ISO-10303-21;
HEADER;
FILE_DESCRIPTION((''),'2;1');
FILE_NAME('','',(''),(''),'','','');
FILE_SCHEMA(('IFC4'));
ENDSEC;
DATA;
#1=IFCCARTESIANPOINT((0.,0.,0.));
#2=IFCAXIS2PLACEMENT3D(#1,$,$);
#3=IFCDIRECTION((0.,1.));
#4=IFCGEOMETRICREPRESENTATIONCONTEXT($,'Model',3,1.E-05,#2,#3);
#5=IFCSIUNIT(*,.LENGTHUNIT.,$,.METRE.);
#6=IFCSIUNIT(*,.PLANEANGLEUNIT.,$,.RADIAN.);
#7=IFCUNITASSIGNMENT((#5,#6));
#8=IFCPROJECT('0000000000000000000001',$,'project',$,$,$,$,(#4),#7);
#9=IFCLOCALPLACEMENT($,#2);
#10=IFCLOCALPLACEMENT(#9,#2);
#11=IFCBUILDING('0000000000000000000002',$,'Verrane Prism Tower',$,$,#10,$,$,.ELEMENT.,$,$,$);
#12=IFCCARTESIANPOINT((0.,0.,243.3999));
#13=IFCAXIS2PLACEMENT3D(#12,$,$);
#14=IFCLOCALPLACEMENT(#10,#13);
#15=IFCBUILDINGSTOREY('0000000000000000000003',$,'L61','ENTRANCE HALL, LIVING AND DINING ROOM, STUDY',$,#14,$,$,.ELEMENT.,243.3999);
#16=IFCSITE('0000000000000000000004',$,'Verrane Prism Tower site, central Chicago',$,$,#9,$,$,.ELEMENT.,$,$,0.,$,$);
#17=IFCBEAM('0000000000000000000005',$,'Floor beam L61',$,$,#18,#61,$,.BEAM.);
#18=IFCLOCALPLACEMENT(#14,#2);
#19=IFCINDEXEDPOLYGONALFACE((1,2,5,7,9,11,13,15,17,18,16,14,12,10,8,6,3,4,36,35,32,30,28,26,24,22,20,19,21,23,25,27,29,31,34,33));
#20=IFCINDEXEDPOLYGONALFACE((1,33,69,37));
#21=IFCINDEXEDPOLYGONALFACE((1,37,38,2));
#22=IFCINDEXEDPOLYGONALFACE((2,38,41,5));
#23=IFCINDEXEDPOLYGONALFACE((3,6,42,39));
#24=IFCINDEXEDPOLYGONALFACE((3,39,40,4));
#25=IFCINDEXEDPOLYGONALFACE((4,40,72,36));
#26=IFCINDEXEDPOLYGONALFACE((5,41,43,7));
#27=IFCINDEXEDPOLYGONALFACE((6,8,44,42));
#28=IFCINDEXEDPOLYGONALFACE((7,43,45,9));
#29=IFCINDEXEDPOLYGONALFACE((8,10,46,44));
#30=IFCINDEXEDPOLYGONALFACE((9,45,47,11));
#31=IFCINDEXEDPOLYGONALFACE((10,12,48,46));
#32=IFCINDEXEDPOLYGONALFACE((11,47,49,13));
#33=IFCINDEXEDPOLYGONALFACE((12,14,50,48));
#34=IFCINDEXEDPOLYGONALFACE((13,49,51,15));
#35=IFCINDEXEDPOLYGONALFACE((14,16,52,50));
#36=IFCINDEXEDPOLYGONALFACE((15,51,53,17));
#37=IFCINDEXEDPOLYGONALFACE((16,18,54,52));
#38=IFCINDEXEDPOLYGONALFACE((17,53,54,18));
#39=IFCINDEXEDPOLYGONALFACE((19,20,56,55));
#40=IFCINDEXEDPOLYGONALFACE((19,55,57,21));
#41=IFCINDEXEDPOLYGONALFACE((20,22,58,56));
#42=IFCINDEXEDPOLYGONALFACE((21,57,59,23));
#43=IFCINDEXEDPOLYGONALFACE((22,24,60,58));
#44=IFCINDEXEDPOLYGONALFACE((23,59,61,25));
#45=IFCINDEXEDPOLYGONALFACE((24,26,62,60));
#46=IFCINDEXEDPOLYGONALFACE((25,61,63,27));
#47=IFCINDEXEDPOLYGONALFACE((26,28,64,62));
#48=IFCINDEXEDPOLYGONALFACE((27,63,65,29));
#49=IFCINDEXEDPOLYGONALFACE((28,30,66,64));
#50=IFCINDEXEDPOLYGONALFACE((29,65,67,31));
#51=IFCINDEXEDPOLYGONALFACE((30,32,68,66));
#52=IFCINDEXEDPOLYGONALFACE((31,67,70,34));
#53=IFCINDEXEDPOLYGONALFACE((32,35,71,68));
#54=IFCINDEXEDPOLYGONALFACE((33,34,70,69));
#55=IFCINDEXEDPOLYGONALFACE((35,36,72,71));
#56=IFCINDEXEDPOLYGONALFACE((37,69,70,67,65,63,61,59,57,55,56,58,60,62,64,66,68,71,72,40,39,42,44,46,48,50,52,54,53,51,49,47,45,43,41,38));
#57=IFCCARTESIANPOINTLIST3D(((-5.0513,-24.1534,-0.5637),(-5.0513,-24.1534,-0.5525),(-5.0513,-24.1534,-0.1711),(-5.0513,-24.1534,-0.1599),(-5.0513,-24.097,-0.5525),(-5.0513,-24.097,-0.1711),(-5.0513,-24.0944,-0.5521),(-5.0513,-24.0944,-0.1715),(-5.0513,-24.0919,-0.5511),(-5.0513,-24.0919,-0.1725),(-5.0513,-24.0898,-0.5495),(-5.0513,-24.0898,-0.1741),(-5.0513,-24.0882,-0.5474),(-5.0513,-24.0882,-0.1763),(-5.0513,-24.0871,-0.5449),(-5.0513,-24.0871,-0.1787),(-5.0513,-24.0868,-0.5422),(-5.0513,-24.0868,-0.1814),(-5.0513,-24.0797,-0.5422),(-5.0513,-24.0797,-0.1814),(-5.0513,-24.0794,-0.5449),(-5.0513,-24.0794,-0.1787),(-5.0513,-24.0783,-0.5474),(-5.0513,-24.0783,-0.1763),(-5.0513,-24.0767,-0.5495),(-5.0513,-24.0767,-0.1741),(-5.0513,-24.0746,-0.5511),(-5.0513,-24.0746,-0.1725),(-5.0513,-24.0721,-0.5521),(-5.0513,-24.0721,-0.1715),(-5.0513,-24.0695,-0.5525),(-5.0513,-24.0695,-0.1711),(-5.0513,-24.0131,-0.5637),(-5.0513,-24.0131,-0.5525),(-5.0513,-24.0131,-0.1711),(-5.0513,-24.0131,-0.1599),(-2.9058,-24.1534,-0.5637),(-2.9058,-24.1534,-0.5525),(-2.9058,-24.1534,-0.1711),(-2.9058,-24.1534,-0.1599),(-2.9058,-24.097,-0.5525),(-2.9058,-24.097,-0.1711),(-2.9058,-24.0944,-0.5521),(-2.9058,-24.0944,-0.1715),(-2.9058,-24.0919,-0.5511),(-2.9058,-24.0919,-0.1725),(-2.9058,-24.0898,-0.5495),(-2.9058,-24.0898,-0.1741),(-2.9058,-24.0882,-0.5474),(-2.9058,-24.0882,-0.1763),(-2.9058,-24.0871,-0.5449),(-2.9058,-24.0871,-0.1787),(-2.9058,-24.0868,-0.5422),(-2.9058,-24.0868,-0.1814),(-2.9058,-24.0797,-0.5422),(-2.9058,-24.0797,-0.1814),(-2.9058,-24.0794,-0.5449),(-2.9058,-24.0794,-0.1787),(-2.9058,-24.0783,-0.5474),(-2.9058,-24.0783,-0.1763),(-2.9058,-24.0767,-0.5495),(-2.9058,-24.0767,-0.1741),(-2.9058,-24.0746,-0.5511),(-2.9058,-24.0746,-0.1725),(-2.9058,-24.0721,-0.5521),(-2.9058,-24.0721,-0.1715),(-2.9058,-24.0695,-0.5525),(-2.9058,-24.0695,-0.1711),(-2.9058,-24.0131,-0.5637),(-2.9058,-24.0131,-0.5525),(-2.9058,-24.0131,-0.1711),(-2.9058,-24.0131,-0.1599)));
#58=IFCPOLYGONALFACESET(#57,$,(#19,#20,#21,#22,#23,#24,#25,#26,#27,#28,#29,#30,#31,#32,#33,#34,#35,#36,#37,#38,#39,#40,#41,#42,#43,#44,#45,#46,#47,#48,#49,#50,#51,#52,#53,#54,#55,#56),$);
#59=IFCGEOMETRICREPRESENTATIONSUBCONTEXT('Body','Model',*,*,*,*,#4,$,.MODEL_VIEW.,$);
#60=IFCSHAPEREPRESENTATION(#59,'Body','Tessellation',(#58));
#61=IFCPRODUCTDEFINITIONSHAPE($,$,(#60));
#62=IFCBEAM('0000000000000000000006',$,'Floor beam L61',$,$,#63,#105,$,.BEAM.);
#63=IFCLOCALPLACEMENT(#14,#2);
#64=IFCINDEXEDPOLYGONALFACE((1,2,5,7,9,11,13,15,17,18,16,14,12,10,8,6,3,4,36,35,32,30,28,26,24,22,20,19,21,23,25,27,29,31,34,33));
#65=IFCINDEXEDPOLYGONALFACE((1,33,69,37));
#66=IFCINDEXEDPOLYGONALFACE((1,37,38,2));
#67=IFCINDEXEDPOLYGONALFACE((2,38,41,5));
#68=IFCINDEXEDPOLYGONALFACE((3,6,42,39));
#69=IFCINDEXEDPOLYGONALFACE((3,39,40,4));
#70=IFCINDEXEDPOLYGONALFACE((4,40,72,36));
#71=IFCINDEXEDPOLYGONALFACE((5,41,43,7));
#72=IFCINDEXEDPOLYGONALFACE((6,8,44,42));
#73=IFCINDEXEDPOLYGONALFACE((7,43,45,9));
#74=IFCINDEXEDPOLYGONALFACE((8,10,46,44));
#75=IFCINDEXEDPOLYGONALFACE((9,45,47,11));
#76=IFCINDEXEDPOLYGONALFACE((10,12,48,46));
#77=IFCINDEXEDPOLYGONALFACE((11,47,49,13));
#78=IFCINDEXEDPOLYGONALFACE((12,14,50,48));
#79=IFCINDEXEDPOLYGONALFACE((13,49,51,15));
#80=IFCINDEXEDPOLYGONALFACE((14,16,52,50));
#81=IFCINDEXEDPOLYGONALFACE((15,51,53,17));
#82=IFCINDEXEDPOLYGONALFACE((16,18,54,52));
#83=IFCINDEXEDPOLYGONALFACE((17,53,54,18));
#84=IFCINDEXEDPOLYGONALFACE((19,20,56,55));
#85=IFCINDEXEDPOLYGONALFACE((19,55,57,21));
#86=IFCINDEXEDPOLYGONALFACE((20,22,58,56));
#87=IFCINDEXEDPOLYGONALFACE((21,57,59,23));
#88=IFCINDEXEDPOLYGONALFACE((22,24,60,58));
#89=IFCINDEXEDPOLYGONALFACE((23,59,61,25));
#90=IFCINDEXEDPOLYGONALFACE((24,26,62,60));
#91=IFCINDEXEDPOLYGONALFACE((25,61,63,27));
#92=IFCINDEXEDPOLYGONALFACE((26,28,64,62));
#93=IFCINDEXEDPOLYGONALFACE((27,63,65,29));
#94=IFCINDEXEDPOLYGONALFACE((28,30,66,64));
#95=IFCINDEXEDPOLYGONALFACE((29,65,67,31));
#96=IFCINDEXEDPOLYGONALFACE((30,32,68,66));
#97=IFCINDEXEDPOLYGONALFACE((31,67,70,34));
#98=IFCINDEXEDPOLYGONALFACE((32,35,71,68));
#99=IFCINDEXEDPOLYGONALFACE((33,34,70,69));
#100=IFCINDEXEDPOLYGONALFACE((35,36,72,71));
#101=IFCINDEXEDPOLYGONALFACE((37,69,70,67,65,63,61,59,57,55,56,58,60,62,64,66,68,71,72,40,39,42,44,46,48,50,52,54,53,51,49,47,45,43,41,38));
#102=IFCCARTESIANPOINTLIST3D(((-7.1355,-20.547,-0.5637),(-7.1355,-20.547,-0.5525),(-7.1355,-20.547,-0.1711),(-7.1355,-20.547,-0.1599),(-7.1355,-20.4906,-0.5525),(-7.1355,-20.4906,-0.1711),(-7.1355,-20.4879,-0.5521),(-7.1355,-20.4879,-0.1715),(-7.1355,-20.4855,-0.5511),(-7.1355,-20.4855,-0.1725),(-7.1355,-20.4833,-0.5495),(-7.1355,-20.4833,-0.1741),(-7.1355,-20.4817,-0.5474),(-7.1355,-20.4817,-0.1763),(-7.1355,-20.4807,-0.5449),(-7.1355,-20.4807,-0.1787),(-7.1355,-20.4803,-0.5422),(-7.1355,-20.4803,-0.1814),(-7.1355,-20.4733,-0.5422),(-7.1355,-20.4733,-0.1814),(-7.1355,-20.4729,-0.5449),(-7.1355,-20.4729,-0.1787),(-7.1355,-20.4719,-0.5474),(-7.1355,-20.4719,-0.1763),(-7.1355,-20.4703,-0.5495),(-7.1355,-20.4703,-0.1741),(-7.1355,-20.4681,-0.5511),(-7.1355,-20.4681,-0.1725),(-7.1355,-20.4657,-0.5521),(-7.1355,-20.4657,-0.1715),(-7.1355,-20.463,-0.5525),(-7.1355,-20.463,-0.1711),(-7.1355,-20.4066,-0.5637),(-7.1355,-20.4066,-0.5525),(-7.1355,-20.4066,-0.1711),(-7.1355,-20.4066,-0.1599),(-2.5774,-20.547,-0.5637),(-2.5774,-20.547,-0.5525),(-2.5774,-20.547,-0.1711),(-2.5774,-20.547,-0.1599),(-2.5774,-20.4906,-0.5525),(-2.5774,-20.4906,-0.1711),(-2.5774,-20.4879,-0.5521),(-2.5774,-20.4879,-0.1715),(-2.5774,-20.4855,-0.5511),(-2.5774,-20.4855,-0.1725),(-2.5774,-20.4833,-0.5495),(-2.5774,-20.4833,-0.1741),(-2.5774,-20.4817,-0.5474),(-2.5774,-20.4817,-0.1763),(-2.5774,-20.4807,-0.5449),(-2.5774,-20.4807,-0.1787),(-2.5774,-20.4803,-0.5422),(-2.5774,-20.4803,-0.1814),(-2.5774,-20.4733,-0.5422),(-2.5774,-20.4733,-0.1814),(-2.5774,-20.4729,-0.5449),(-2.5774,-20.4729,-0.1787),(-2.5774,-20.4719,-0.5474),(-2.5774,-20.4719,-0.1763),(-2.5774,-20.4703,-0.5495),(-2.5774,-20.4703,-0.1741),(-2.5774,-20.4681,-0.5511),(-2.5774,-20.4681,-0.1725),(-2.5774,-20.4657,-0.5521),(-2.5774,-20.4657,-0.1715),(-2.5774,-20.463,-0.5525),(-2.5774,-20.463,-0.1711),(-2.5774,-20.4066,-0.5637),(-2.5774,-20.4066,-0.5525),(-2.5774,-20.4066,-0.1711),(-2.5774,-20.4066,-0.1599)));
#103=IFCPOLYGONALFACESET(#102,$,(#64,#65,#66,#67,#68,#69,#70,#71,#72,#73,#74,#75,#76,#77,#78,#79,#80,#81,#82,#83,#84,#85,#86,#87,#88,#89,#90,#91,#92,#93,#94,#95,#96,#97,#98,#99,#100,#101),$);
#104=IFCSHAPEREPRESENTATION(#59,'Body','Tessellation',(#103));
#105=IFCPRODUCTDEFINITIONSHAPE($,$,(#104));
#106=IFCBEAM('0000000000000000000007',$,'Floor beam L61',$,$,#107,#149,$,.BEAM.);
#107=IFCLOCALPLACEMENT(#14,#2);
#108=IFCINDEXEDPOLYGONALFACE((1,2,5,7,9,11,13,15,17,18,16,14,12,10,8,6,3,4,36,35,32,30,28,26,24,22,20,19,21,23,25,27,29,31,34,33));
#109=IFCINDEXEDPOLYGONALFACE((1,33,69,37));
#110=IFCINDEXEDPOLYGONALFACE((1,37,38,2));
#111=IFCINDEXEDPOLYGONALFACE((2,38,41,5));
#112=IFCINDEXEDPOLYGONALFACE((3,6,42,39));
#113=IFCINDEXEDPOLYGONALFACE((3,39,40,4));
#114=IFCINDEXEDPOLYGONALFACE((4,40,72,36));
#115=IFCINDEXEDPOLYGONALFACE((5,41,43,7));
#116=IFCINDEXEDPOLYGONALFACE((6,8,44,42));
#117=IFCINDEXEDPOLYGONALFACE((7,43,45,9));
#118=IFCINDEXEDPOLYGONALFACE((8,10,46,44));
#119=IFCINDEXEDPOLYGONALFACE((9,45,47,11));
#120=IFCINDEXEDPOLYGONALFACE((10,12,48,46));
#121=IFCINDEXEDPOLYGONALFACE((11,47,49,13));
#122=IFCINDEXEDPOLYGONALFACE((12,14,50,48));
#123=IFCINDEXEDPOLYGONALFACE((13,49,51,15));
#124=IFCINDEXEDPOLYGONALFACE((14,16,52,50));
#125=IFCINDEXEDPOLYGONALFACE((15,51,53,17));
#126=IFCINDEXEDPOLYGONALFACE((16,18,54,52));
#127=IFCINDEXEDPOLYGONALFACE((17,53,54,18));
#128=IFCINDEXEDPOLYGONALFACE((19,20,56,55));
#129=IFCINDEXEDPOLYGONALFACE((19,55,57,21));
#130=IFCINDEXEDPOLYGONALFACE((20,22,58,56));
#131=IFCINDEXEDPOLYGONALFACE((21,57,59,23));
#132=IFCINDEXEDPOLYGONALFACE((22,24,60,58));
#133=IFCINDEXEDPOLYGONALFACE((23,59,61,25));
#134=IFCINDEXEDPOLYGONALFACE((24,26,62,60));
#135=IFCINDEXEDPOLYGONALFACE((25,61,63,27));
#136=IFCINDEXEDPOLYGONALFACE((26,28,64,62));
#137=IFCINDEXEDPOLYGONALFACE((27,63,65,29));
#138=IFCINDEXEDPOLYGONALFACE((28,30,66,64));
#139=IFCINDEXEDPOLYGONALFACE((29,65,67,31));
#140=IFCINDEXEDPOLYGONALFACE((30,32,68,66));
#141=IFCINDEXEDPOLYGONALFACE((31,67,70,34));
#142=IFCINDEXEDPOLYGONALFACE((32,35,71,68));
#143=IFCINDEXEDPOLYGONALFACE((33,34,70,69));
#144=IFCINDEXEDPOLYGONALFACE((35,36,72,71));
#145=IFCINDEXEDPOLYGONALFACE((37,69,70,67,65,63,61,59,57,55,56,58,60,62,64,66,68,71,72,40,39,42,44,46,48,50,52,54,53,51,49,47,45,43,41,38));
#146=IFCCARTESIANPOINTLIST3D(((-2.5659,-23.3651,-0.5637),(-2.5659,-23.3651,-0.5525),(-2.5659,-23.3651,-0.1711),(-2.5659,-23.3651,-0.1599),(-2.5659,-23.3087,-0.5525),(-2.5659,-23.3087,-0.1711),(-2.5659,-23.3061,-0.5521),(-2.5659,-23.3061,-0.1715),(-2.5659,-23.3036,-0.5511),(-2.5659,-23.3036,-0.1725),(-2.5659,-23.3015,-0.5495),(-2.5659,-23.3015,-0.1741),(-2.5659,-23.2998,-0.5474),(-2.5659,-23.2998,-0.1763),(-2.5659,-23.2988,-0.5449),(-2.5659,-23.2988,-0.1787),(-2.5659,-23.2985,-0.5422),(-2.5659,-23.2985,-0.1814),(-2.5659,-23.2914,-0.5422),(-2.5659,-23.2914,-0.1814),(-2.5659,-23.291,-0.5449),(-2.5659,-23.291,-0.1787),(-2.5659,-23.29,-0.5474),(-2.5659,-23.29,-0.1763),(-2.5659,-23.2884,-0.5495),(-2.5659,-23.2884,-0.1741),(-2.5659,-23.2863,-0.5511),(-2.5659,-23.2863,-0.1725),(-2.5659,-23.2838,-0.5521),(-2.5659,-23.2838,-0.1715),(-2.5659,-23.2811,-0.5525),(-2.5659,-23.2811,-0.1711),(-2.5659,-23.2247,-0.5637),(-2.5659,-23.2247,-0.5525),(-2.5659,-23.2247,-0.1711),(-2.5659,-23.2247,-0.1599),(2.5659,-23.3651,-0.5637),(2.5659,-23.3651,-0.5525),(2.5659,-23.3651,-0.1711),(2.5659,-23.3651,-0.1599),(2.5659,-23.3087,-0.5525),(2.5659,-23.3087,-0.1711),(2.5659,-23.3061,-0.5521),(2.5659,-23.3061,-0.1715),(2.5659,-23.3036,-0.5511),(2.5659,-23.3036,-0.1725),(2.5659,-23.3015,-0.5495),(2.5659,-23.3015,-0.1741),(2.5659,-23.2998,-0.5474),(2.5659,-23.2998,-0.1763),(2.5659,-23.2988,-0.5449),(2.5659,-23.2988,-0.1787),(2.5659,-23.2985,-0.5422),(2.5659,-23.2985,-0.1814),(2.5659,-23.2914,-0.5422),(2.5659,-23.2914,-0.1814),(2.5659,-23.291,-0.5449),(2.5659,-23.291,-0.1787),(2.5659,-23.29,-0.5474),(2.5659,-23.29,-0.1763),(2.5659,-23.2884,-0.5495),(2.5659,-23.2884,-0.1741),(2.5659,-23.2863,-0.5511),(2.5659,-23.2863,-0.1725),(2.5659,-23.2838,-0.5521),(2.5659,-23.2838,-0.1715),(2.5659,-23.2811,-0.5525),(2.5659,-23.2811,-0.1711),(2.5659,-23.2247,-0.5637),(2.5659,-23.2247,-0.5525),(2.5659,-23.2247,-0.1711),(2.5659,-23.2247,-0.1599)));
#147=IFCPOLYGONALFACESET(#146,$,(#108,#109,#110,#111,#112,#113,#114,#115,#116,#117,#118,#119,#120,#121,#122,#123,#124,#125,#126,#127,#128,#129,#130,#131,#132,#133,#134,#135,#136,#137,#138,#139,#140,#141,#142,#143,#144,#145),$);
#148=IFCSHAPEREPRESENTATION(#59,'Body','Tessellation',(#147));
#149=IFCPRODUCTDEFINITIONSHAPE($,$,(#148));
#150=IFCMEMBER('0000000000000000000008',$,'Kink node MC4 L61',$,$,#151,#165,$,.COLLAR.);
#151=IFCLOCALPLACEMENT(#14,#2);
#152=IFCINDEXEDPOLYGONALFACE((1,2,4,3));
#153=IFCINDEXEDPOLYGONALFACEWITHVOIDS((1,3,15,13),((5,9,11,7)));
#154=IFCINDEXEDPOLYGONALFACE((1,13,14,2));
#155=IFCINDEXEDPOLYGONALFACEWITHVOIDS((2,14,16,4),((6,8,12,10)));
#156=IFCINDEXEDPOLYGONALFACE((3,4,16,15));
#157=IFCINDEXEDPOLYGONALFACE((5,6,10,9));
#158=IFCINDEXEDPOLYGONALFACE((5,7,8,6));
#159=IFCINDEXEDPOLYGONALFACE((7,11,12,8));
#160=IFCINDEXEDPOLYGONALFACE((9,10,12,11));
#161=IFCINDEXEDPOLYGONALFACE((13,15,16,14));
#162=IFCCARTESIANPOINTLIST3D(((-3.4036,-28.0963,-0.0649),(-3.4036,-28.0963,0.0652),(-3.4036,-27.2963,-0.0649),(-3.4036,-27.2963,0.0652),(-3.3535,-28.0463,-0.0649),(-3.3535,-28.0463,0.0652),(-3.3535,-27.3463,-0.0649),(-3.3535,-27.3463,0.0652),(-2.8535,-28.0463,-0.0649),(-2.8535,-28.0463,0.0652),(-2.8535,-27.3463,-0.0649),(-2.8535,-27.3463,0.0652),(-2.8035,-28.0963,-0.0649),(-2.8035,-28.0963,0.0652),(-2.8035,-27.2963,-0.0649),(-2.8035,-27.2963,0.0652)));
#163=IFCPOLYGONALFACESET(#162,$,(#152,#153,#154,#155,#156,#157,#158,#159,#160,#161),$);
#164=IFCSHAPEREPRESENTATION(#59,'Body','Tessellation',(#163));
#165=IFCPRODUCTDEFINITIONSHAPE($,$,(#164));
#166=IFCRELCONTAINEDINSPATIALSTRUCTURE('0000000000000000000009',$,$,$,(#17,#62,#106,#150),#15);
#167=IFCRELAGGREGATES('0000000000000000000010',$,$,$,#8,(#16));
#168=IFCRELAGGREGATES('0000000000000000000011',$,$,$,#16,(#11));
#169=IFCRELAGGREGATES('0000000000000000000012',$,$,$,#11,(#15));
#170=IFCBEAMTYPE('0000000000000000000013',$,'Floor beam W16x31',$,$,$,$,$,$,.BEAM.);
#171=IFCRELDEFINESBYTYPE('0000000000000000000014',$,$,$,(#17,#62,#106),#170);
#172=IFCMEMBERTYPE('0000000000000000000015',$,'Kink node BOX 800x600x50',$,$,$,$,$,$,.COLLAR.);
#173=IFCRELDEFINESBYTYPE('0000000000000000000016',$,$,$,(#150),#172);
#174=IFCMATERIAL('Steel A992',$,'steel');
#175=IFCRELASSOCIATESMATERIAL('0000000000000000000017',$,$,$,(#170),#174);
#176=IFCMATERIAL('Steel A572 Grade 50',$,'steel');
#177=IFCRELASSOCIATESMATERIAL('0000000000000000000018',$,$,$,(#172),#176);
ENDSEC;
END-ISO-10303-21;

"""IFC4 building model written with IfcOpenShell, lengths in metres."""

from ifc_helpers import new_model, si_unit, direction, frame, origin, origin_2d, place, context, subcontext, project, spatial, hollow_rectangle, i_section, extrude, material, material_profile, profile_set, type_object, element, save


model = new_model("IFC4")

# Units and contexts
model_context = context("Model", 3, precision=1e-05, world=origin(), true_north=direction((0.0, 1.0)))
body_context = subcontext(model_context, "Body", "Model", "MODEL_VIEW")
ifc_project = project(units=[si_unit("LENGTHUNIT", "METRE"), si_unit("PLANEANGLEUNIT", "RADIAN")], contexts=[model_context])

# Site, building, storey
site_placement = place(None, origin())
site = spatial("IfcSite", under=ifc_project, at=site_placement, Name="Verrane Prism Tower site, central Chicago", CompositionType="ELEMENT", RefElevation=0.0)
building_placement = place(site_placement, origin())
building = spatial("IfcBuilding", under=site, at=building_placement, Name="Verrane Prism Tower", CompositionType="ELEMENT")
storey_placement = place(building_placement, frame((0.0, 0.0, 243.3999)))
storey = spatial("IfcBuildingStorey", under=building, at=storey_placement, Name="L61", Description="ENTRANCE HALL, LIVING AND DINING ROOM, STUDY", CompositionType="ELEMENT", Elevation=243.3999)

# Beams
ifc_material_1 = material(Name="Steel A992", Category="steel")
ifc_material_profile_1 = material_profile(ifc_material_1, i_section(OverallWidth=0.1404, OverallDepth=0.4038, WebThickness=0.0071, FlangeThickness=0.0112, FilletRadius=0.0103, at=origin_2d()), Name="W16x31")
ifc_profile_set_1 = profile_set([ifc_material_profile_1], Name="Steel A992")
beam_type_1 = type_object("IfcBeamType", Name="Floor beam W16x31", PredefinedType="BEAM", material=ifc_profile_set_1)
beam_1_placement = place(storey_placement, frame((-5.0513, -24.0833, -0.3618), z_axis=(1.0, 0.0, 0.0), x_axis=(0.0, 1.0, 0.0)))
element("IfcBeam", 1, at=beam_1_placement, inside=storey, type_object=beam_type_1, Name="Floor beam L61", PredefinedType="BEAM", context=body_context, shape_type="SweptSolid", body=[
    extrude(i_section(OverallWidth=0.1404, OverallDepth=0.4038, WebThickness=0.0071, FlangeThickness=0.0112, FilletRadius=0.0103, at=origin_2d()), origin(), (0.0, 0.0, 1.0), 2.1455),
])
beam_2_placement = place(storey_placement, frame((-7.1355, -20.4768, -0.3618), z_axis=(1.0, 0.0, 0.0), x_axis=(0.0, 1.0, 0.0)))
element("IfcBeam", 2, at=beam_2_placement, inside=storey, type_object=beam_type_1, Name="Floor beam L61", PredefinedType="BEAM", context=body_context, shape_type="SweptSolid", body=[
    extrude(i_section(OverallWidth=0.1404, OverallDepth=0.4038, WebThickness=0.0071, FlangeThickness=0.0112, FilletRadius=0.0103, at=origin_2d()), origin(), (0.0, 0.0, 1.0), 4.5581),
])
beam_3_placement = place(storey_placement, frame((-2.5659, -23.2949, -0.3618), z_axis=(1.0, 0.0, 0.0), x_axis=(0.0, 1.0, 0.0)))
element("IfcBeam", 3, at=beam_3_placement, inside=storey, type_object=beam_type_1, Name="Floor beam L61", PredefinedType="BEAM", context=body_context, shape_type="SweptSolid", body=[
    extrude(i_section(OverallWidth=0.1404, OverallDepth=0.4038, WebThickness=0.0071, FlangeThickness=0.0112, FilletRadius=0.0103, at=origin_2d()), origin(), (0.0, 0.0, 1.0), 5.1318),
])

# Member
ifc_material_2 = material(Name="Steel A572 Grade 50", Category="steel")
ifc_material_profile_2 = material_profile(ifc_material_2, hollow_rectangle(XDim=0.6001, YDim=0.8, WallThickness=0.05, at=origin_2d()), Name="BOX 800x600x50")
ifc_profile_set_2 = profile_set([ifc_material_profile_2], Name="Steel A572 Grade 50")
member_type_1 = type_object("IfcMemberType", Name="Kink node BOX 800x600x50", PredefinedType="COLLAR", material=ifc_profile_set_2)
member_1_placement = place(storey_placement, frame((-3.1035, -27.6963, -0.0649), z_axis=(0.0, 0.0, 1.0), x_axis=(-1.0, 0.0, 0.0)))
element("IfcMember", 4, at=member_1_placement, inside=storey, type_object=member_type_1, Name="Kink node MC4 L61", PredefinedType="COLLAR", context=body_context, shape_type="SweptSolid", body=[
    extrude(hollow_rectangle(XDim=0.6001, YDim=0.8, WallThickness=0.05, at=origin_2d()), origin(), (0.0, 0.0, 1.0), 0.1301),
])

save(model, "model.ifc")
